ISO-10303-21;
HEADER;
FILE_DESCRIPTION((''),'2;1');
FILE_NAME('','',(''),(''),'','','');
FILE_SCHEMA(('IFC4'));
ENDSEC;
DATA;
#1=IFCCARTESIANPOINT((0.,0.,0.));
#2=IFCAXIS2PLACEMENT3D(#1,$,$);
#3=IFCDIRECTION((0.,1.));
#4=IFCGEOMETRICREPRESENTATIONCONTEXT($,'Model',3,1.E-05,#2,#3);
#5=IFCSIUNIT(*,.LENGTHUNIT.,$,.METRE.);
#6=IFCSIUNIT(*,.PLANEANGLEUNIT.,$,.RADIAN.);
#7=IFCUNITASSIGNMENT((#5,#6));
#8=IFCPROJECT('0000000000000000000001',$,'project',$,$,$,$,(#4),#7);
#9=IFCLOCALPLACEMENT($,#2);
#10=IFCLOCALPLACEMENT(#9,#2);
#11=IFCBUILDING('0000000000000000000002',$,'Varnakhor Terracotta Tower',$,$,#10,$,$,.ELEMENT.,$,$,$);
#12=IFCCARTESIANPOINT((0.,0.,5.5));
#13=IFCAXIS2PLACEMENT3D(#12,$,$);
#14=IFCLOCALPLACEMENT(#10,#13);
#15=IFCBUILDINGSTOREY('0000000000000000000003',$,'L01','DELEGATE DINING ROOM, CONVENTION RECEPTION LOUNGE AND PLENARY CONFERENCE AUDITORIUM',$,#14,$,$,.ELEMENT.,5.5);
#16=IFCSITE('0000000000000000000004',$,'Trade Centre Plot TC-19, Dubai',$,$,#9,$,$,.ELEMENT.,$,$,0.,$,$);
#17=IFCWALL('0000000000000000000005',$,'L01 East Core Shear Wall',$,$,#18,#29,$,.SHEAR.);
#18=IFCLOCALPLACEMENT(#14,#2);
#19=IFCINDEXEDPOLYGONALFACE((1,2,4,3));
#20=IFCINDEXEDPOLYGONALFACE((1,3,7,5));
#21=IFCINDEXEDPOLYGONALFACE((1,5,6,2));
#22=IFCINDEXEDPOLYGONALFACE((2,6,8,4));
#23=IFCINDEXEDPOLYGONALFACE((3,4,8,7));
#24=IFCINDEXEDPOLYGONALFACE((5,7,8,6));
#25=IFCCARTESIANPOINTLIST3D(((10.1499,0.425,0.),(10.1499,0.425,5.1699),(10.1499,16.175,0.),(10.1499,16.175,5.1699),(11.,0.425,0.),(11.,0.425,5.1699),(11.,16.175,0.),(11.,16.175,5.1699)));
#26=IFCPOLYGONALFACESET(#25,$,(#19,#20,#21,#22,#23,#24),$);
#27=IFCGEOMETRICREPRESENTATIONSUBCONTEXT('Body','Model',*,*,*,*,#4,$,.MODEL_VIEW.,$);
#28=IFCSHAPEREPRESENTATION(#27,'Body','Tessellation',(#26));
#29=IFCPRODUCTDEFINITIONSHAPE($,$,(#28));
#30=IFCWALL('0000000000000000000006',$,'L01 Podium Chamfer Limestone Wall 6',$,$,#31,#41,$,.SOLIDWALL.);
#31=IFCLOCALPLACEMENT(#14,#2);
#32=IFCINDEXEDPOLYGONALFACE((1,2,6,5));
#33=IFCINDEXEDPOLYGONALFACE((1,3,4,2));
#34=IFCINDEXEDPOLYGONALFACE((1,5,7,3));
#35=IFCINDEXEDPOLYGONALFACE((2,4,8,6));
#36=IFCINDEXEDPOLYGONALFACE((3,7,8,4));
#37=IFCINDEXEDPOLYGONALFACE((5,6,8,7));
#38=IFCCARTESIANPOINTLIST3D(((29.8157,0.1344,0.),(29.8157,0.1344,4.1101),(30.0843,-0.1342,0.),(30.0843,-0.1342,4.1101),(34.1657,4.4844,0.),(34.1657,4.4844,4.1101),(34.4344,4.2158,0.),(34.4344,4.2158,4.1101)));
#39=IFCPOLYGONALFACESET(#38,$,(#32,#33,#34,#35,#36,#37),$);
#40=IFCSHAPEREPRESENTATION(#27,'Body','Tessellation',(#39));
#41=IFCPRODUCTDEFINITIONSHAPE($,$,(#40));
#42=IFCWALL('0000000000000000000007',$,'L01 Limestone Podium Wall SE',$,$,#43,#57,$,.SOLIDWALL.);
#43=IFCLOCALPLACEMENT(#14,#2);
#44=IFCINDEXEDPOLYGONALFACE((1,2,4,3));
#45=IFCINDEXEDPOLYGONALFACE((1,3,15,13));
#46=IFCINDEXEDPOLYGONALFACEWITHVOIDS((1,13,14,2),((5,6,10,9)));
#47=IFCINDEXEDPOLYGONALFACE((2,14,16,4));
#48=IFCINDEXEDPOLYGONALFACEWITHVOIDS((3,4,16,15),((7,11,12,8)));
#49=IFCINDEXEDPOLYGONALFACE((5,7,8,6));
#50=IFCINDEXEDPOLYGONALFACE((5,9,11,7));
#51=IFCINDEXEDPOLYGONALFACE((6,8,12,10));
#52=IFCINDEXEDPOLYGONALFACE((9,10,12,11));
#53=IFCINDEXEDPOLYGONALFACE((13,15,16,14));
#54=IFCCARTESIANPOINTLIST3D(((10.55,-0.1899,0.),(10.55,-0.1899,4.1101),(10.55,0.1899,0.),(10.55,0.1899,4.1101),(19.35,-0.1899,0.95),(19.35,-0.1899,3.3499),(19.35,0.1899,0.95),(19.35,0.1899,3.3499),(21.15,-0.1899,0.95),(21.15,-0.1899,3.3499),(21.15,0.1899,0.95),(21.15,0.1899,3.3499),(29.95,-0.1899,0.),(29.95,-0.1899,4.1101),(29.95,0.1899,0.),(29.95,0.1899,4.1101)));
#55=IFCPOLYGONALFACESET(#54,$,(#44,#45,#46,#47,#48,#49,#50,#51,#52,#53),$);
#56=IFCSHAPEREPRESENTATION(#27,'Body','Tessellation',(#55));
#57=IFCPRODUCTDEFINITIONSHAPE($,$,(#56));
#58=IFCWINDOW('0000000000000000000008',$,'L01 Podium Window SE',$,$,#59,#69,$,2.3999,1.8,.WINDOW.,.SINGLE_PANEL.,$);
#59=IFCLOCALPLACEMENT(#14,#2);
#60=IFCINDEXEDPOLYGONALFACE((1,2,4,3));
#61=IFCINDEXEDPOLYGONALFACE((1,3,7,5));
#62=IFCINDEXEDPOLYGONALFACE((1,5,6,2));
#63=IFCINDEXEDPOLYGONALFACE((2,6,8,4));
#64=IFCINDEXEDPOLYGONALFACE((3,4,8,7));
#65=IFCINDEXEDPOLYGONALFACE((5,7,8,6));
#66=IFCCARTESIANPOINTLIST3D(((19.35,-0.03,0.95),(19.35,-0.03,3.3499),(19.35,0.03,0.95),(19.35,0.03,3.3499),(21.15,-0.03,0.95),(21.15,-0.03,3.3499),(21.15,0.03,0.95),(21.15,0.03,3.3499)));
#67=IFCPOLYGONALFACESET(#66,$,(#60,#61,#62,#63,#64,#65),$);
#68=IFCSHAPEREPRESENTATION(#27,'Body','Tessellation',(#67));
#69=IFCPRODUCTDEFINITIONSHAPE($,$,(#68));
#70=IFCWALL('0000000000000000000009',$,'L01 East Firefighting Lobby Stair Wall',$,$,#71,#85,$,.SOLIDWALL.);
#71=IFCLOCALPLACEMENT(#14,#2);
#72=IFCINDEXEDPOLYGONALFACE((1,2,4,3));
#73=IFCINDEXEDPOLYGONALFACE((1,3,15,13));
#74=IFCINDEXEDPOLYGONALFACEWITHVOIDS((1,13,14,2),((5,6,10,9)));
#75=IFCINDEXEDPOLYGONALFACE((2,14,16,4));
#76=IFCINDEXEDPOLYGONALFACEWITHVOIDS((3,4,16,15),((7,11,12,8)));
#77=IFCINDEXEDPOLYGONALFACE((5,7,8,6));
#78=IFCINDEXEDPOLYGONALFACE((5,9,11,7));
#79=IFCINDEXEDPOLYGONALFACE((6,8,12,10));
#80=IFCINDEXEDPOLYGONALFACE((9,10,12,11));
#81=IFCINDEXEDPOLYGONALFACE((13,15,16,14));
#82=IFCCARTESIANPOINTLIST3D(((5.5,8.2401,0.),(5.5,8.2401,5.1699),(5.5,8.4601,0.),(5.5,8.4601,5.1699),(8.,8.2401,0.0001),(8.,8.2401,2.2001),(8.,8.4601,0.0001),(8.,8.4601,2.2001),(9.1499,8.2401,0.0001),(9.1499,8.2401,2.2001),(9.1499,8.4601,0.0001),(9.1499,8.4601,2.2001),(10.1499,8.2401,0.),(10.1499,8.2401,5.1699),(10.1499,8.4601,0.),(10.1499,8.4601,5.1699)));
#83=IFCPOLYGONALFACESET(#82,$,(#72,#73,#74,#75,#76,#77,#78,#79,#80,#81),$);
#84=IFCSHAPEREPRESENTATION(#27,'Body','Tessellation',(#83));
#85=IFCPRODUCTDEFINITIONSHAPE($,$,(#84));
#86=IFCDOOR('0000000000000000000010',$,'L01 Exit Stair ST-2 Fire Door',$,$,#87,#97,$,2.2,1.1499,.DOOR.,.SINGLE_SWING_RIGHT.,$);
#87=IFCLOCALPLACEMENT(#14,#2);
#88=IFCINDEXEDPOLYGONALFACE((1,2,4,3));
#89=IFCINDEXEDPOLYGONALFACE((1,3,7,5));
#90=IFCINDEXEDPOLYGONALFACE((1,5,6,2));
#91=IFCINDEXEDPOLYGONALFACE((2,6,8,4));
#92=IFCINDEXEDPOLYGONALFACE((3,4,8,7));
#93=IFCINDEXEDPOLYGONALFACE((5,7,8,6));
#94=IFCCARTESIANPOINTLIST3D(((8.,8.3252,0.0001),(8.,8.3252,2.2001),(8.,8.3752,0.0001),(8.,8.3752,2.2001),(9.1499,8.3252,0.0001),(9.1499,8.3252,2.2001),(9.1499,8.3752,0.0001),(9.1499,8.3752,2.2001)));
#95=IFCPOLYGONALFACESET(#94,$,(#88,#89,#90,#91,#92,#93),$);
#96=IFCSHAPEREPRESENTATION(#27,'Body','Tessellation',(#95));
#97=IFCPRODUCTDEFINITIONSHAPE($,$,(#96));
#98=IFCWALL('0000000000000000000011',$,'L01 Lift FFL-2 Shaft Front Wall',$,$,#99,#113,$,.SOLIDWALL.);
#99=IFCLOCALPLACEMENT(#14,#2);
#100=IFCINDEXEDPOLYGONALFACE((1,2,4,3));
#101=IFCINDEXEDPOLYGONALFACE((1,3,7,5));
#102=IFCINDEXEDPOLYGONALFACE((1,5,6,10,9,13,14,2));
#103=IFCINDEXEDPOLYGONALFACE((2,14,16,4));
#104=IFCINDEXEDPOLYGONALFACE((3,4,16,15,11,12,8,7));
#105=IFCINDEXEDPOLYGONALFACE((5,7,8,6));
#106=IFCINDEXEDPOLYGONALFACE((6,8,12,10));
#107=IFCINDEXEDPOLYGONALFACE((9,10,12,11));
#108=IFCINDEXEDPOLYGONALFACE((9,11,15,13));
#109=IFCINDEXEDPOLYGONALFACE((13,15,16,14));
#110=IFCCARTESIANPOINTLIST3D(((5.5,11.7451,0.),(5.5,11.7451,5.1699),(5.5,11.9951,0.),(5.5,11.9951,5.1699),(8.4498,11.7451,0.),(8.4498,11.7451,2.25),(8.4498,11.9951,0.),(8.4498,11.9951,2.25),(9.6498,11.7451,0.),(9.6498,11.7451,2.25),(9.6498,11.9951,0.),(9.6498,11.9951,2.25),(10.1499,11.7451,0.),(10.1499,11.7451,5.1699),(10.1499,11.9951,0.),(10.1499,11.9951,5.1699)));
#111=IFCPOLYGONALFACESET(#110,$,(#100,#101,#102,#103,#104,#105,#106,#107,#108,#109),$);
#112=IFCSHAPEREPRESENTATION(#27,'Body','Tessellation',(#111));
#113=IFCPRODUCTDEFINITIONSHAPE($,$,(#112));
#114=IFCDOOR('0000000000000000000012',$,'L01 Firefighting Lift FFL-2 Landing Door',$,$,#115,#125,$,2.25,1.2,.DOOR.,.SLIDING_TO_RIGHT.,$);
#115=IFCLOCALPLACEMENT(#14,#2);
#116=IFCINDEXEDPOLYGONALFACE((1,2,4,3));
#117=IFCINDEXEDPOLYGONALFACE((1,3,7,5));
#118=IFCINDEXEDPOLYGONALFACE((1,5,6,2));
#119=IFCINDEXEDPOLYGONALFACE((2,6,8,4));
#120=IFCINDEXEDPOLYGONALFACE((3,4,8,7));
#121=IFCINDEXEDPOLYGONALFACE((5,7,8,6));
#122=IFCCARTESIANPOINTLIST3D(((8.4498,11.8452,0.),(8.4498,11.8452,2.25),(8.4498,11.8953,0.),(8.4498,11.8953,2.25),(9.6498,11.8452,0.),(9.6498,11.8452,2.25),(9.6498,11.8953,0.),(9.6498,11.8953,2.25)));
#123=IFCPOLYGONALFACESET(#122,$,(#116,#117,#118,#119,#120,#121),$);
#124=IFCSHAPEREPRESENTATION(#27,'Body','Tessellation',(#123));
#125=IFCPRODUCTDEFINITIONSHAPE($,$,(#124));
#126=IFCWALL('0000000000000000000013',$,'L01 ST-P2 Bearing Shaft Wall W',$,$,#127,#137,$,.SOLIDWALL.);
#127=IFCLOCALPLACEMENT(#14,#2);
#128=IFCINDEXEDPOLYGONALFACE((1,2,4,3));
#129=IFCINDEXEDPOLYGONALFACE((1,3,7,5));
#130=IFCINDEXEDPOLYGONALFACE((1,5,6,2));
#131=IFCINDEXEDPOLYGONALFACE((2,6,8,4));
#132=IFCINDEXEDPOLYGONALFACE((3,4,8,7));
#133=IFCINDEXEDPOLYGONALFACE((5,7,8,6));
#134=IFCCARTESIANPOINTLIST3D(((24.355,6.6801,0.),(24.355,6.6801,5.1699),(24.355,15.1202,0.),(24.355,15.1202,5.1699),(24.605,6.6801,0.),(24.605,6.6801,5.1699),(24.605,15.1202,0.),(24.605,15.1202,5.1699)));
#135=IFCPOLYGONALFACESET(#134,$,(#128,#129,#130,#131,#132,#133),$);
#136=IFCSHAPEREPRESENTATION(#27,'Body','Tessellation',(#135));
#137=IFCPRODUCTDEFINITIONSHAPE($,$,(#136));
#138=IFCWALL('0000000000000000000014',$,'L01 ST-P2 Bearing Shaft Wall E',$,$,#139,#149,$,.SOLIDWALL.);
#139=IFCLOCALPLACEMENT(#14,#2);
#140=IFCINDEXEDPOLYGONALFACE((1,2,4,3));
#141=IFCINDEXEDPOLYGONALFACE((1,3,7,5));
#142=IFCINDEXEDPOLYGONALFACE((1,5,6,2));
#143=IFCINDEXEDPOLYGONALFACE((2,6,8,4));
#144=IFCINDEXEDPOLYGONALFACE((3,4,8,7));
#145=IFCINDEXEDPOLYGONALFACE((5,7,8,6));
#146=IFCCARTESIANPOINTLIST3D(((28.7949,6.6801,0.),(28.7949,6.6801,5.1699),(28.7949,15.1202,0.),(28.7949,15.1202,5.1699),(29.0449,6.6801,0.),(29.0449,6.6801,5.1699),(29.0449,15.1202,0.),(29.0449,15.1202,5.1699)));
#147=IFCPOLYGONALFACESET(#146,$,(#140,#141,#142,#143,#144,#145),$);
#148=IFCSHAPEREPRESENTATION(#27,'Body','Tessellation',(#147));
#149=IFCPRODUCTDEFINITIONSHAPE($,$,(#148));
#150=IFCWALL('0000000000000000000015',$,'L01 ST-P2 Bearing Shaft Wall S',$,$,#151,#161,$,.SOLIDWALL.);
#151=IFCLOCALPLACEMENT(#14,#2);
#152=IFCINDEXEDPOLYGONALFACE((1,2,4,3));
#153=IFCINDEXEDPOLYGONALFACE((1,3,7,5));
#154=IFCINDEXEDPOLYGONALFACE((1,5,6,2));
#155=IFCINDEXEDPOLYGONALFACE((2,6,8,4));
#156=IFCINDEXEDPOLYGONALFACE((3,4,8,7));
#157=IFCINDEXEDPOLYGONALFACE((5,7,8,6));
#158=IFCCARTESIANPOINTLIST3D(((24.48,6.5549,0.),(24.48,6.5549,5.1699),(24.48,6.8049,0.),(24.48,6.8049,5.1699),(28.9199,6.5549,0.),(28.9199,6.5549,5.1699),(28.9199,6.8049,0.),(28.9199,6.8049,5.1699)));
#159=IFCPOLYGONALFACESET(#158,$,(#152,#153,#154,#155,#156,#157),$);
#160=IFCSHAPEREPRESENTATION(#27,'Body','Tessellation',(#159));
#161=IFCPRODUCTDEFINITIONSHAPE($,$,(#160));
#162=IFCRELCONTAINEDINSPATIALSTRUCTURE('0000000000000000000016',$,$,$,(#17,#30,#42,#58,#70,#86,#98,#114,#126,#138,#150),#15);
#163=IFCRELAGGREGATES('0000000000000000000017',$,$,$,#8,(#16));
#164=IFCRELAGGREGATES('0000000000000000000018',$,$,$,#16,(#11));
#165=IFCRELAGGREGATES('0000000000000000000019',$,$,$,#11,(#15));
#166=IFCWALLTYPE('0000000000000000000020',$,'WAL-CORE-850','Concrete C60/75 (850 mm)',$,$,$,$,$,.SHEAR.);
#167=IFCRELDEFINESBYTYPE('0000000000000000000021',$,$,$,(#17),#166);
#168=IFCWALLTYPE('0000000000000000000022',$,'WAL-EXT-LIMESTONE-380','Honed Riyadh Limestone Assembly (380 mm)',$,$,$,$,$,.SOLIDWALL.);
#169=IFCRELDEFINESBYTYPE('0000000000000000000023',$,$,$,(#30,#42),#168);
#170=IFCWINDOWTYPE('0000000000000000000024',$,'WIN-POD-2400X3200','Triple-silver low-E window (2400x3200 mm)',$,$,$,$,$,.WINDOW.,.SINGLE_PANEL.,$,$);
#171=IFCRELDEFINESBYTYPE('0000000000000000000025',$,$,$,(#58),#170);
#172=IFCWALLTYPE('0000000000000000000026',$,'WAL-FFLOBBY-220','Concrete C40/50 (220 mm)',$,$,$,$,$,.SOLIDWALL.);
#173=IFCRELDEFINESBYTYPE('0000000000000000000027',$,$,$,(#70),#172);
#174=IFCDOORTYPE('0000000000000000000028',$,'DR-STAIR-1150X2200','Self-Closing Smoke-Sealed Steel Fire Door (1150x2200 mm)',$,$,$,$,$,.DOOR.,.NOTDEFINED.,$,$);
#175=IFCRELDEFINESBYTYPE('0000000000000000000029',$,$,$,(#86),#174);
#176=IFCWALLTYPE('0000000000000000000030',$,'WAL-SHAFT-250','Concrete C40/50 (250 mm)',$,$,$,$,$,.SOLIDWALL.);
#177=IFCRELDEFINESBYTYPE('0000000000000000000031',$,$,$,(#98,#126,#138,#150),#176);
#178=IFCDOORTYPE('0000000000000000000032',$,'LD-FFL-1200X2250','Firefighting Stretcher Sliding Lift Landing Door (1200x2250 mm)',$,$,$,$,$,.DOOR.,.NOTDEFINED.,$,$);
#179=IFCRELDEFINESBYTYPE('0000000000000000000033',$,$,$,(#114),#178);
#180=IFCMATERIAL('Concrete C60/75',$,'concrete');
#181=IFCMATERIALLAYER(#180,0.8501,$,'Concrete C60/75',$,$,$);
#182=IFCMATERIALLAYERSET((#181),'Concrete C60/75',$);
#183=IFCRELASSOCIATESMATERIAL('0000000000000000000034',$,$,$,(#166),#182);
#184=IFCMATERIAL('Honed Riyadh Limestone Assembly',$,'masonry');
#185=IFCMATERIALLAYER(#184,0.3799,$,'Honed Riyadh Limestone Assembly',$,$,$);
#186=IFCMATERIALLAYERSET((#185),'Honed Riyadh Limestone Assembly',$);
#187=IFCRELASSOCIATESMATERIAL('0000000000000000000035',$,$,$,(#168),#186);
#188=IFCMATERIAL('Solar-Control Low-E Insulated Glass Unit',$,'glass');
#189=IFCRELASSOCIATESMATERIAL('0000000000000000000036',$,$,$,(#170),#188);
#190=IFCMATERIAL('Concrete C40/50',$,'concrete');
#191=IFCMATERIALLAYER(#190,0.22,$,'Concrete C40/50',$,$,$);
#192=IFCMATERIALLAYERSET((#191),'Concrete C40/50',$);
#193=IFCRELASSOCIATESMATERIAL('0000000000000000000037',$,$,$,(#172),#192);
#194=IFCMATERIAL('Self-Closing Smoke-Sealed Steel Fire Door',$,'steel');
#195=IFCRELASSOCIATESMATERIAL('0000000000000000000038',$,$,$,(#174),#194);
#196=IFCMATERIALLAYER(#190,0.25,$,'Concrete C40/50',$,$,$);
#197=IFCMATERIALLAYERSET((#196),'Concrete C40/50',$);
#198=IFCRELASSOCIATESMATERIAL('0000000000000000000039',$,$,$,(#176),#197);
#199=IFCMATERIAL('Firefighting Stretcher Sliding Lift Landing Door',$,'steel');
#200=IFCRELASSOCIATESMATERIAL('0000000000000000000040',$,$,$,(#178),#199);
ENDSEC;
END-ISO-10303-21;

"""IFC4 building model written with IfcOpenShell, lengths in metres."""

from ifc_helpers import new_model, si_unit, direction, frame, frame_2d, origin, place, context, subcontext, project, spatial, rectangle, extrude, source, transform, mapped, material, layer, layer_set, type_object, type_shapes, element, fill, save


model = new_model("IFC4")

# Units and contexts
model_context = context("Model", 3, precision=1e-05, world=origin(), true_north=direction((0.0, 1.0)))
body_context = subcontext(model_context, "Body", "Model", "MODEL_VIEW")
ifc_project = project(units=[si_unit("LENGTHUNIT", "METRE"), si_unit("PLANEANGLEUNIT", "RADIAN")], contexts=[model_context])

# Site, building, storey
site_placement = place(None, origin())
site = spatial("IfcSite", under=ifc_project, at=site_placement, Name="Trade Centre Plot TC-19, Dubai", CompositionType="ELEMENT", RefElevation=0.0)
building_placement = place(site_placement, origin())
building = spatial("IfcBuilding", under=site, at=building_placement, Name="Varnakhor Terracotta Tower", CompositionType="ELEMENT")
storey_placement = place(building_placement, frame((0.0, 0.0, 5.5)))
storey = spatial("IfcBuildingStorey", under=building, at=storey_placement, Name="L01", Description="DELEGATE DINING ROOM, CONVENTION RECEPTION LOUNGE AND PLENARY CONFERENCE AUDITORIUM", CompositionType="ELEMENT", Elevation=5.5)

# Shared definitions
ifc_material_1 = material(Name="Concrete C60/75", Category="concrete")

# Walls
ifc_layer_1 = layer(ifc_material_1, 0.8501, Name="Concrete C60/75")
ifc_layer_set_1 = layer_set([ifc_layer_1], Name="Concrete C60/75")
wall_type_1 = type_object("IfcWallType", Name="WAL-CORE-850", Description="Concrete C60/75 (850 mm)", PredefinedType="SHEAR", material=ifc_layer_set_1)
wall_1_placement = place(storey_placement, frame((10.575, 0.425, 0.0), z_axis=(0.0, 0.0, 1.0), x_axis=(0.0, 1.0, 0.0)))
element("IfcWall", 1, at=wall_1_placement, inside=storey, type_object=wall_type_1, Name="L01 East Core Shear Wall", PredefinedType="SHEAR", context=body_context, shape_type="SweptSolid", body=[
    extrude(rectangle(XDim=15.75, YDim=0.8501, at=frame_2d((7.875, 0.0))), origin(), (0.0, 0.0, 1.0), 5.1699),
])
ifc_material_2 = material(Name="Honed Riyadh Limestone Assembly", Category="masonry")
ifc_layer_2 = layer(ifc_material_2, 0.3799, Name="Honed Riyadh Limestone Assembly")
ifc_layer_set_2 = layer_set([ifc_layer_2], Name="Honed Riyadh Limestone Assembly")
wall_type_2 = type_object("IfcWallType", Name="WAL-EXT-LIMESTONE-380", Description="Honed Riyadh Limestone Assembly (380 mm)", PredefinedType="SOLIDWALL", material=ifc_layer_set_2)
wall_2_placement = place(storey_placement, frame((34.3, 4.3501, 0.0), z_axis=(0.0, 0.0, 1.0), x_axis=(-0.707107, -0.707107, 0.0)))
element("IfcWall", 2, at=wall_2_placement, inside=storey, type_object=wall_type_2, Name="L01 Podium Chamfer Limestone Wall 6", PredefinedType="SOLIDWALL", context=body_context, shape_type="SweptSolid", body=[
    extrude(rectangle(XDim=6.1519, YDim=0.3799, at=frame_2d((3.0759, 0.0))), origin(), (0.0, 0.0, 1.0), 4.1101),
])

# Wall, opening, window
wall_3_placement = place(storey_placement, frame((29.95, 0.0, 0.0), z_axis=(0.0, 0.0, 1.0), x_axis=(-1.0, 0.0, 0.0)))
wall_3 = element("IfcWall", 3, at=wall_3_placement, inside=storey, type_object=wall_type_2, Name="L01 Limestone Podium Wall SE", PredefinedType="SOLIDWALL", context=body_context, shape_type="SweptSolid", body=[
    extrude(rectangle(XDim=19.3999, YDim=0.3799, at=frame_2d((9.7, 0.0))), origin(), (0.0, 0.0, 1.0), 4.1101),
])
opening_1_placement = place(wall_3_placement, frame((8.8, 0.0, 0.95)))
opening_1 = element("IfcOpeningElement", 4, at=opening_1_placement, cuts=wall_3, PredefinedType="OPENING", context=body_context, shape_type="SweptSolid", body=[
    extrude(rectangle(XDim=1.8, YDim=2.3999, at=frame_2d((0.8999, 1.2))), frame((0.0, 0.2, 0.0), z_axis=(0.0, -1.0, 0.0), x_axis=(1.0, 0.0, 0.0)), (0.0, 0.0, 1.0), 0.3999),
])
ifc_material_3 = material(Name="Solar-Control Low-E Insulated Glass Unit", Category="glass")
window_type = type_object("IfcWindowType", Name="WIN-POD-2400X3200", Description="Triple-silver low-E window (2400x3200 mm)", PartitioningType="SINGLE_PANEL", PredefinedType="WINDOW", material=ifc_material_3)
shared_shape_1 = source(origin(), body_context, "Body", "SweptSolid", [
    extrude(rectangle(XDim=1.8, YDim=2.3999, at=frame_2d((0.8999, 1.2))), frame((0.0, 0.03, 0.0), z_axis=(0.0, -1.0, 0.0), x_axis=(1.0, 0.0, 0.0)), (0.0, 0.0, 1.0), 0.0601),
])
type_shapes(window_type, [shared_shape_1])
window_placement = place(opening_1_placement, origin())
window = element("IfcWindow", 5, at=window_placement, inside=storey, type_object=window_type, Name="L01 Podium Window SE", OverallHeight=2.3999, OverallWidth=1.8, PartitioningType="SINGLE_PANEL", PredefinedType="WINDOW", context=body_context, shape_type="MappedRepresentation", body=[
    mapped(shared_shape_1, transform((0.0, 0.0, 0.0), scale=1.0)),
])
fill(opening_1, window)

# Walls, openings, doors
ifc_material_4 = material(Name="Concrete C40/50", Category="concrete")
ifc_layer_3 = layer(ifc_material_4, 0.22, Name="Concrete C40/50")
ifc_layer_set_3 = layer_set([ifc_layer_3], Name="Concrete C40/50")
wall_type_3 = type_object("IfcWallType", Name="WAL-FFLOBBY-220", Description="Concrete C40/50 (220 mm)", PredefinedType="SOLIDWALL", material=ifc_layer_set_3)
wall_4_placement = place(storey_placement, frame((10.1499, 8.3501, 0.0), z_axis=(0.0, 0.0, 1.0), x_axis=(-1.0, 0.0, 0.0)))
wall_4 = element("IfcWall", 6, at=wall_4_placement, inside=storey, type_object=wall_type_3, Name="L01 East Firefighting Lobby Stair Wall", PredefinedType="SOLIDWALL", context=body_context, shape_type="SweptSolid", body=[
    extrude(rectangle(XDim=4.6499, YDim=0.22, at=frame_2d((2.325, 0.0))), origin(), (0.0, 0.0, 1.0), 5.1699),
])
opening_2_placement = place(wall_4_placement, frame((1.0, 0.0, 0.0)))
opening_2 = element("IfcOpeningElement", 7, at=opening_2_placement, cuts=wall_4, PredefinedType="OPENING", context=body_context, shape_type="SweptSolid", body=[
    extrude(rectangle(XDim=1.1499, YDim=2.2, at=frame_2d((0.575, 1.1001))), frame((0.0, 0.1201, 0.0), z_axis=(0.0, -1.0, 0.0), x_axis=(1.0, 0.0, 0.0)), (0.0, 0.0, 1.0), 0.24),
])
ifc_material_5 = material(Name="Self-Closing Smoke-Sealed Steel Fire Door", Category="steel")
door_type_1 = type_object("IfcDoorType", Name="DR-STAIR-1150X2200", Description="Self-Closing Smoke-Sealed Steel Fire Door (1150x2200 mm)", OperationType="NOTDEFINED", PredefinedType="DOOR", material=ifc_material_5)
shared_shape_2 = source(origin(), body_context, "Body", "SweptSolid", [
    extrude(rectangle(XDim=1.1499, YDim=2.2, at=frame_2d((0.575, 1.1001))), frame((0.0, 0.0249, 0.0), z_axis=(0.0, -1.0, 0.0), x_axis=(1.0, 0.0, 0.0)), (0.0, 0.0, 1.0), 0.05),
])
type_shapes(door_type_1, [shared_shape_2])
door_1_placement = place(opening_2_placement, origin())
door_1 = element("IfcDoor", 8, at=door_1_placement, inside=storey, type_object=door_type_1, Name="L01 Exit Stair ST-2 Fire Door", OperationType="SINGLE_SWING_RIGHT", OverallHeight=2.2, OverallWidth=1.1499, PredefinedType="DOOR", context=body_context, shape_type="MappedRepresentation", body=[
    mapped(shared_shape_2, transform((0.0, 0.0, 0.0), scale=1.0)),
])
fill(opening_2, door_1)
ifc_layer_4 = layer(ifc_material_4, 0.25, Name="Concrete C40/50")
ifc_layer_set_4 = layer_set([ifc_layer_4], Name="Concrete C40/50")
wall_type_4 = type_object("IfcWallType", Name="WAL-SHAFT-250", Description="Concrete C40/50 (250 mm)", PredefinedType="SOLIDWALL", material=ifc_layer_set_4)
wall_5_placement = place(storey_placement, frame((10.1499, 11.8701, 0.0), z_axis=(0.0, 0.0, 1.0), x_axis=(-1.0, 0.0, 0.0)))
wall_5 = element("IfcWall", 9, at=wall_5_placement, inside=storey, type_object=wall_type_4, Name="L01 Lift FFL-2 Shaft Front Wall", PredefinedType="SOLIDWALL", context=body_context, shape_type="SweptSolid", body=[
    extrude(rectangle(XDim=4.6499, YDim=0.25, at=frame_2d((2.325, 0.0))), origin(), (0.0, 0.0, 1.0), 5.1699),
])
opening_3_placement = place(wall_5_placement, frame((0.5, 0.0, 0.0)))
opening_3 = element("IfcOpeningElement", 10, at=opening_3_placement, cuts=wall_5, PredefinedType="OPENING", context=body_context, shape_type="SweptSolid", body=[
    extrude(rectangle(XDim=1.2, YDim=2.25, at=frame_2d((0.6001, 1.125))), frame((0.0, 0.135, 0.0), z_axis=(0.0, -1.0, 0.0), x_axis=(1.0, 0.0, 0.0)), (0.0, 0.0, 1.0), 0.27),
])
ifc_material_6 = material(Name="Firefighting Stretcher Sliding Lift Landing Door", Category="steel")
door_type_2 = type_object("IfcDoorType", Name="LD-FFL-1200X2250", Description="Firefighting Stretcher Sliding Lift Landing Door (1200x2250 mm)", OperationType="NOTDEFINED", PredefinedType="DOOR", material=ifc_material_6)
shared_shape_3 = source(origin(), body_context, "Body", "SweptSolid", [
    extrude(rectangle(XDim=1.2, YDim=2.25, at=frame_2d((0.6001, 1.125))), frame((0.0, 0.0249, 0.0), z_axis=(0.0, -1.0, 0.0), x_axis=(1.0, 0.0, 0.0)), (0.0, 0.0, 1.0), 0.05),
])
type_shapes(door_type_2, [shared_shape_3])
door_2_placement = place(opening_3_placement, origin())
door_2 = element("IfcDoor", 11, at=door_2_placement, inside=storey, type_object=door_type_2, Name="L01 Firefighting Lift FFL-2 Landing Door", OperationType="SLIDING_TO_RIGHT", OverallHeight=2.25, OverallWidth=1.2, PredefinedType="DOOR", context=body_context, shape_type="MappedRepresentation", body=[
    mapped(shared_shape_3, transform((0.0, 0.0, 0.0), scale=1.0)),
])
fill(opening_3, door_2)

# Walls
for number, where, z_axis, x_axis, name in (
    (12, (24.48, 6.6799, 0.0), (0.0, 0.0, 1.0), (0.0, 1.0, 0.0), "L01 ST-P2 Bearing Shaft Wall W"),
    (13, (28.9199, 6.6799, 0.0), (0.0, 0.0, 1.0), (0.0, 1.0, 0.0), "L01 ST-P2 Bearing Shaft Wall E"),
):
    element("IfcWall", number, at=place(storey_placement, frame(where, z_axis=z_axis, x_axis=x_axis)), inside=storey, type_object=wall_type_4, Name=name, PredefinedType="SOLIDWALL", context=body_context, shape_type="SweptSolid", body=[
        extrude(rectangle(XDim=8.4402, YDim=0.25, at=frame_2d((4.2202, 0.0))), origin(), (0.0, 0.0, 1.0), 5.1699),
    ])
wall_6_placement = place(storey_placement, frame((24.48, 6.6799, 0.0), z_axis=(0.0, 0.0, 1.0), x_axis=(1.0, 0.0, 0.0)))
element("IfcWall", 14, at=wall_6_placement, inside=storey, type_object=wall_type_4, Name="L01 ST-P2 Bearing Shaft Wall S", PredefinedType="SOLIDWALL", context=body_context, shape_type="SweptSolid", body=[
    extrude(rectangle(XDim=4.4399, YDim=0.25, at=frame_2d((2.22, 0.0))), origin(), (0.0, 0.0, 1.0), 5.1699),
])

save(model, "model.ifc")
